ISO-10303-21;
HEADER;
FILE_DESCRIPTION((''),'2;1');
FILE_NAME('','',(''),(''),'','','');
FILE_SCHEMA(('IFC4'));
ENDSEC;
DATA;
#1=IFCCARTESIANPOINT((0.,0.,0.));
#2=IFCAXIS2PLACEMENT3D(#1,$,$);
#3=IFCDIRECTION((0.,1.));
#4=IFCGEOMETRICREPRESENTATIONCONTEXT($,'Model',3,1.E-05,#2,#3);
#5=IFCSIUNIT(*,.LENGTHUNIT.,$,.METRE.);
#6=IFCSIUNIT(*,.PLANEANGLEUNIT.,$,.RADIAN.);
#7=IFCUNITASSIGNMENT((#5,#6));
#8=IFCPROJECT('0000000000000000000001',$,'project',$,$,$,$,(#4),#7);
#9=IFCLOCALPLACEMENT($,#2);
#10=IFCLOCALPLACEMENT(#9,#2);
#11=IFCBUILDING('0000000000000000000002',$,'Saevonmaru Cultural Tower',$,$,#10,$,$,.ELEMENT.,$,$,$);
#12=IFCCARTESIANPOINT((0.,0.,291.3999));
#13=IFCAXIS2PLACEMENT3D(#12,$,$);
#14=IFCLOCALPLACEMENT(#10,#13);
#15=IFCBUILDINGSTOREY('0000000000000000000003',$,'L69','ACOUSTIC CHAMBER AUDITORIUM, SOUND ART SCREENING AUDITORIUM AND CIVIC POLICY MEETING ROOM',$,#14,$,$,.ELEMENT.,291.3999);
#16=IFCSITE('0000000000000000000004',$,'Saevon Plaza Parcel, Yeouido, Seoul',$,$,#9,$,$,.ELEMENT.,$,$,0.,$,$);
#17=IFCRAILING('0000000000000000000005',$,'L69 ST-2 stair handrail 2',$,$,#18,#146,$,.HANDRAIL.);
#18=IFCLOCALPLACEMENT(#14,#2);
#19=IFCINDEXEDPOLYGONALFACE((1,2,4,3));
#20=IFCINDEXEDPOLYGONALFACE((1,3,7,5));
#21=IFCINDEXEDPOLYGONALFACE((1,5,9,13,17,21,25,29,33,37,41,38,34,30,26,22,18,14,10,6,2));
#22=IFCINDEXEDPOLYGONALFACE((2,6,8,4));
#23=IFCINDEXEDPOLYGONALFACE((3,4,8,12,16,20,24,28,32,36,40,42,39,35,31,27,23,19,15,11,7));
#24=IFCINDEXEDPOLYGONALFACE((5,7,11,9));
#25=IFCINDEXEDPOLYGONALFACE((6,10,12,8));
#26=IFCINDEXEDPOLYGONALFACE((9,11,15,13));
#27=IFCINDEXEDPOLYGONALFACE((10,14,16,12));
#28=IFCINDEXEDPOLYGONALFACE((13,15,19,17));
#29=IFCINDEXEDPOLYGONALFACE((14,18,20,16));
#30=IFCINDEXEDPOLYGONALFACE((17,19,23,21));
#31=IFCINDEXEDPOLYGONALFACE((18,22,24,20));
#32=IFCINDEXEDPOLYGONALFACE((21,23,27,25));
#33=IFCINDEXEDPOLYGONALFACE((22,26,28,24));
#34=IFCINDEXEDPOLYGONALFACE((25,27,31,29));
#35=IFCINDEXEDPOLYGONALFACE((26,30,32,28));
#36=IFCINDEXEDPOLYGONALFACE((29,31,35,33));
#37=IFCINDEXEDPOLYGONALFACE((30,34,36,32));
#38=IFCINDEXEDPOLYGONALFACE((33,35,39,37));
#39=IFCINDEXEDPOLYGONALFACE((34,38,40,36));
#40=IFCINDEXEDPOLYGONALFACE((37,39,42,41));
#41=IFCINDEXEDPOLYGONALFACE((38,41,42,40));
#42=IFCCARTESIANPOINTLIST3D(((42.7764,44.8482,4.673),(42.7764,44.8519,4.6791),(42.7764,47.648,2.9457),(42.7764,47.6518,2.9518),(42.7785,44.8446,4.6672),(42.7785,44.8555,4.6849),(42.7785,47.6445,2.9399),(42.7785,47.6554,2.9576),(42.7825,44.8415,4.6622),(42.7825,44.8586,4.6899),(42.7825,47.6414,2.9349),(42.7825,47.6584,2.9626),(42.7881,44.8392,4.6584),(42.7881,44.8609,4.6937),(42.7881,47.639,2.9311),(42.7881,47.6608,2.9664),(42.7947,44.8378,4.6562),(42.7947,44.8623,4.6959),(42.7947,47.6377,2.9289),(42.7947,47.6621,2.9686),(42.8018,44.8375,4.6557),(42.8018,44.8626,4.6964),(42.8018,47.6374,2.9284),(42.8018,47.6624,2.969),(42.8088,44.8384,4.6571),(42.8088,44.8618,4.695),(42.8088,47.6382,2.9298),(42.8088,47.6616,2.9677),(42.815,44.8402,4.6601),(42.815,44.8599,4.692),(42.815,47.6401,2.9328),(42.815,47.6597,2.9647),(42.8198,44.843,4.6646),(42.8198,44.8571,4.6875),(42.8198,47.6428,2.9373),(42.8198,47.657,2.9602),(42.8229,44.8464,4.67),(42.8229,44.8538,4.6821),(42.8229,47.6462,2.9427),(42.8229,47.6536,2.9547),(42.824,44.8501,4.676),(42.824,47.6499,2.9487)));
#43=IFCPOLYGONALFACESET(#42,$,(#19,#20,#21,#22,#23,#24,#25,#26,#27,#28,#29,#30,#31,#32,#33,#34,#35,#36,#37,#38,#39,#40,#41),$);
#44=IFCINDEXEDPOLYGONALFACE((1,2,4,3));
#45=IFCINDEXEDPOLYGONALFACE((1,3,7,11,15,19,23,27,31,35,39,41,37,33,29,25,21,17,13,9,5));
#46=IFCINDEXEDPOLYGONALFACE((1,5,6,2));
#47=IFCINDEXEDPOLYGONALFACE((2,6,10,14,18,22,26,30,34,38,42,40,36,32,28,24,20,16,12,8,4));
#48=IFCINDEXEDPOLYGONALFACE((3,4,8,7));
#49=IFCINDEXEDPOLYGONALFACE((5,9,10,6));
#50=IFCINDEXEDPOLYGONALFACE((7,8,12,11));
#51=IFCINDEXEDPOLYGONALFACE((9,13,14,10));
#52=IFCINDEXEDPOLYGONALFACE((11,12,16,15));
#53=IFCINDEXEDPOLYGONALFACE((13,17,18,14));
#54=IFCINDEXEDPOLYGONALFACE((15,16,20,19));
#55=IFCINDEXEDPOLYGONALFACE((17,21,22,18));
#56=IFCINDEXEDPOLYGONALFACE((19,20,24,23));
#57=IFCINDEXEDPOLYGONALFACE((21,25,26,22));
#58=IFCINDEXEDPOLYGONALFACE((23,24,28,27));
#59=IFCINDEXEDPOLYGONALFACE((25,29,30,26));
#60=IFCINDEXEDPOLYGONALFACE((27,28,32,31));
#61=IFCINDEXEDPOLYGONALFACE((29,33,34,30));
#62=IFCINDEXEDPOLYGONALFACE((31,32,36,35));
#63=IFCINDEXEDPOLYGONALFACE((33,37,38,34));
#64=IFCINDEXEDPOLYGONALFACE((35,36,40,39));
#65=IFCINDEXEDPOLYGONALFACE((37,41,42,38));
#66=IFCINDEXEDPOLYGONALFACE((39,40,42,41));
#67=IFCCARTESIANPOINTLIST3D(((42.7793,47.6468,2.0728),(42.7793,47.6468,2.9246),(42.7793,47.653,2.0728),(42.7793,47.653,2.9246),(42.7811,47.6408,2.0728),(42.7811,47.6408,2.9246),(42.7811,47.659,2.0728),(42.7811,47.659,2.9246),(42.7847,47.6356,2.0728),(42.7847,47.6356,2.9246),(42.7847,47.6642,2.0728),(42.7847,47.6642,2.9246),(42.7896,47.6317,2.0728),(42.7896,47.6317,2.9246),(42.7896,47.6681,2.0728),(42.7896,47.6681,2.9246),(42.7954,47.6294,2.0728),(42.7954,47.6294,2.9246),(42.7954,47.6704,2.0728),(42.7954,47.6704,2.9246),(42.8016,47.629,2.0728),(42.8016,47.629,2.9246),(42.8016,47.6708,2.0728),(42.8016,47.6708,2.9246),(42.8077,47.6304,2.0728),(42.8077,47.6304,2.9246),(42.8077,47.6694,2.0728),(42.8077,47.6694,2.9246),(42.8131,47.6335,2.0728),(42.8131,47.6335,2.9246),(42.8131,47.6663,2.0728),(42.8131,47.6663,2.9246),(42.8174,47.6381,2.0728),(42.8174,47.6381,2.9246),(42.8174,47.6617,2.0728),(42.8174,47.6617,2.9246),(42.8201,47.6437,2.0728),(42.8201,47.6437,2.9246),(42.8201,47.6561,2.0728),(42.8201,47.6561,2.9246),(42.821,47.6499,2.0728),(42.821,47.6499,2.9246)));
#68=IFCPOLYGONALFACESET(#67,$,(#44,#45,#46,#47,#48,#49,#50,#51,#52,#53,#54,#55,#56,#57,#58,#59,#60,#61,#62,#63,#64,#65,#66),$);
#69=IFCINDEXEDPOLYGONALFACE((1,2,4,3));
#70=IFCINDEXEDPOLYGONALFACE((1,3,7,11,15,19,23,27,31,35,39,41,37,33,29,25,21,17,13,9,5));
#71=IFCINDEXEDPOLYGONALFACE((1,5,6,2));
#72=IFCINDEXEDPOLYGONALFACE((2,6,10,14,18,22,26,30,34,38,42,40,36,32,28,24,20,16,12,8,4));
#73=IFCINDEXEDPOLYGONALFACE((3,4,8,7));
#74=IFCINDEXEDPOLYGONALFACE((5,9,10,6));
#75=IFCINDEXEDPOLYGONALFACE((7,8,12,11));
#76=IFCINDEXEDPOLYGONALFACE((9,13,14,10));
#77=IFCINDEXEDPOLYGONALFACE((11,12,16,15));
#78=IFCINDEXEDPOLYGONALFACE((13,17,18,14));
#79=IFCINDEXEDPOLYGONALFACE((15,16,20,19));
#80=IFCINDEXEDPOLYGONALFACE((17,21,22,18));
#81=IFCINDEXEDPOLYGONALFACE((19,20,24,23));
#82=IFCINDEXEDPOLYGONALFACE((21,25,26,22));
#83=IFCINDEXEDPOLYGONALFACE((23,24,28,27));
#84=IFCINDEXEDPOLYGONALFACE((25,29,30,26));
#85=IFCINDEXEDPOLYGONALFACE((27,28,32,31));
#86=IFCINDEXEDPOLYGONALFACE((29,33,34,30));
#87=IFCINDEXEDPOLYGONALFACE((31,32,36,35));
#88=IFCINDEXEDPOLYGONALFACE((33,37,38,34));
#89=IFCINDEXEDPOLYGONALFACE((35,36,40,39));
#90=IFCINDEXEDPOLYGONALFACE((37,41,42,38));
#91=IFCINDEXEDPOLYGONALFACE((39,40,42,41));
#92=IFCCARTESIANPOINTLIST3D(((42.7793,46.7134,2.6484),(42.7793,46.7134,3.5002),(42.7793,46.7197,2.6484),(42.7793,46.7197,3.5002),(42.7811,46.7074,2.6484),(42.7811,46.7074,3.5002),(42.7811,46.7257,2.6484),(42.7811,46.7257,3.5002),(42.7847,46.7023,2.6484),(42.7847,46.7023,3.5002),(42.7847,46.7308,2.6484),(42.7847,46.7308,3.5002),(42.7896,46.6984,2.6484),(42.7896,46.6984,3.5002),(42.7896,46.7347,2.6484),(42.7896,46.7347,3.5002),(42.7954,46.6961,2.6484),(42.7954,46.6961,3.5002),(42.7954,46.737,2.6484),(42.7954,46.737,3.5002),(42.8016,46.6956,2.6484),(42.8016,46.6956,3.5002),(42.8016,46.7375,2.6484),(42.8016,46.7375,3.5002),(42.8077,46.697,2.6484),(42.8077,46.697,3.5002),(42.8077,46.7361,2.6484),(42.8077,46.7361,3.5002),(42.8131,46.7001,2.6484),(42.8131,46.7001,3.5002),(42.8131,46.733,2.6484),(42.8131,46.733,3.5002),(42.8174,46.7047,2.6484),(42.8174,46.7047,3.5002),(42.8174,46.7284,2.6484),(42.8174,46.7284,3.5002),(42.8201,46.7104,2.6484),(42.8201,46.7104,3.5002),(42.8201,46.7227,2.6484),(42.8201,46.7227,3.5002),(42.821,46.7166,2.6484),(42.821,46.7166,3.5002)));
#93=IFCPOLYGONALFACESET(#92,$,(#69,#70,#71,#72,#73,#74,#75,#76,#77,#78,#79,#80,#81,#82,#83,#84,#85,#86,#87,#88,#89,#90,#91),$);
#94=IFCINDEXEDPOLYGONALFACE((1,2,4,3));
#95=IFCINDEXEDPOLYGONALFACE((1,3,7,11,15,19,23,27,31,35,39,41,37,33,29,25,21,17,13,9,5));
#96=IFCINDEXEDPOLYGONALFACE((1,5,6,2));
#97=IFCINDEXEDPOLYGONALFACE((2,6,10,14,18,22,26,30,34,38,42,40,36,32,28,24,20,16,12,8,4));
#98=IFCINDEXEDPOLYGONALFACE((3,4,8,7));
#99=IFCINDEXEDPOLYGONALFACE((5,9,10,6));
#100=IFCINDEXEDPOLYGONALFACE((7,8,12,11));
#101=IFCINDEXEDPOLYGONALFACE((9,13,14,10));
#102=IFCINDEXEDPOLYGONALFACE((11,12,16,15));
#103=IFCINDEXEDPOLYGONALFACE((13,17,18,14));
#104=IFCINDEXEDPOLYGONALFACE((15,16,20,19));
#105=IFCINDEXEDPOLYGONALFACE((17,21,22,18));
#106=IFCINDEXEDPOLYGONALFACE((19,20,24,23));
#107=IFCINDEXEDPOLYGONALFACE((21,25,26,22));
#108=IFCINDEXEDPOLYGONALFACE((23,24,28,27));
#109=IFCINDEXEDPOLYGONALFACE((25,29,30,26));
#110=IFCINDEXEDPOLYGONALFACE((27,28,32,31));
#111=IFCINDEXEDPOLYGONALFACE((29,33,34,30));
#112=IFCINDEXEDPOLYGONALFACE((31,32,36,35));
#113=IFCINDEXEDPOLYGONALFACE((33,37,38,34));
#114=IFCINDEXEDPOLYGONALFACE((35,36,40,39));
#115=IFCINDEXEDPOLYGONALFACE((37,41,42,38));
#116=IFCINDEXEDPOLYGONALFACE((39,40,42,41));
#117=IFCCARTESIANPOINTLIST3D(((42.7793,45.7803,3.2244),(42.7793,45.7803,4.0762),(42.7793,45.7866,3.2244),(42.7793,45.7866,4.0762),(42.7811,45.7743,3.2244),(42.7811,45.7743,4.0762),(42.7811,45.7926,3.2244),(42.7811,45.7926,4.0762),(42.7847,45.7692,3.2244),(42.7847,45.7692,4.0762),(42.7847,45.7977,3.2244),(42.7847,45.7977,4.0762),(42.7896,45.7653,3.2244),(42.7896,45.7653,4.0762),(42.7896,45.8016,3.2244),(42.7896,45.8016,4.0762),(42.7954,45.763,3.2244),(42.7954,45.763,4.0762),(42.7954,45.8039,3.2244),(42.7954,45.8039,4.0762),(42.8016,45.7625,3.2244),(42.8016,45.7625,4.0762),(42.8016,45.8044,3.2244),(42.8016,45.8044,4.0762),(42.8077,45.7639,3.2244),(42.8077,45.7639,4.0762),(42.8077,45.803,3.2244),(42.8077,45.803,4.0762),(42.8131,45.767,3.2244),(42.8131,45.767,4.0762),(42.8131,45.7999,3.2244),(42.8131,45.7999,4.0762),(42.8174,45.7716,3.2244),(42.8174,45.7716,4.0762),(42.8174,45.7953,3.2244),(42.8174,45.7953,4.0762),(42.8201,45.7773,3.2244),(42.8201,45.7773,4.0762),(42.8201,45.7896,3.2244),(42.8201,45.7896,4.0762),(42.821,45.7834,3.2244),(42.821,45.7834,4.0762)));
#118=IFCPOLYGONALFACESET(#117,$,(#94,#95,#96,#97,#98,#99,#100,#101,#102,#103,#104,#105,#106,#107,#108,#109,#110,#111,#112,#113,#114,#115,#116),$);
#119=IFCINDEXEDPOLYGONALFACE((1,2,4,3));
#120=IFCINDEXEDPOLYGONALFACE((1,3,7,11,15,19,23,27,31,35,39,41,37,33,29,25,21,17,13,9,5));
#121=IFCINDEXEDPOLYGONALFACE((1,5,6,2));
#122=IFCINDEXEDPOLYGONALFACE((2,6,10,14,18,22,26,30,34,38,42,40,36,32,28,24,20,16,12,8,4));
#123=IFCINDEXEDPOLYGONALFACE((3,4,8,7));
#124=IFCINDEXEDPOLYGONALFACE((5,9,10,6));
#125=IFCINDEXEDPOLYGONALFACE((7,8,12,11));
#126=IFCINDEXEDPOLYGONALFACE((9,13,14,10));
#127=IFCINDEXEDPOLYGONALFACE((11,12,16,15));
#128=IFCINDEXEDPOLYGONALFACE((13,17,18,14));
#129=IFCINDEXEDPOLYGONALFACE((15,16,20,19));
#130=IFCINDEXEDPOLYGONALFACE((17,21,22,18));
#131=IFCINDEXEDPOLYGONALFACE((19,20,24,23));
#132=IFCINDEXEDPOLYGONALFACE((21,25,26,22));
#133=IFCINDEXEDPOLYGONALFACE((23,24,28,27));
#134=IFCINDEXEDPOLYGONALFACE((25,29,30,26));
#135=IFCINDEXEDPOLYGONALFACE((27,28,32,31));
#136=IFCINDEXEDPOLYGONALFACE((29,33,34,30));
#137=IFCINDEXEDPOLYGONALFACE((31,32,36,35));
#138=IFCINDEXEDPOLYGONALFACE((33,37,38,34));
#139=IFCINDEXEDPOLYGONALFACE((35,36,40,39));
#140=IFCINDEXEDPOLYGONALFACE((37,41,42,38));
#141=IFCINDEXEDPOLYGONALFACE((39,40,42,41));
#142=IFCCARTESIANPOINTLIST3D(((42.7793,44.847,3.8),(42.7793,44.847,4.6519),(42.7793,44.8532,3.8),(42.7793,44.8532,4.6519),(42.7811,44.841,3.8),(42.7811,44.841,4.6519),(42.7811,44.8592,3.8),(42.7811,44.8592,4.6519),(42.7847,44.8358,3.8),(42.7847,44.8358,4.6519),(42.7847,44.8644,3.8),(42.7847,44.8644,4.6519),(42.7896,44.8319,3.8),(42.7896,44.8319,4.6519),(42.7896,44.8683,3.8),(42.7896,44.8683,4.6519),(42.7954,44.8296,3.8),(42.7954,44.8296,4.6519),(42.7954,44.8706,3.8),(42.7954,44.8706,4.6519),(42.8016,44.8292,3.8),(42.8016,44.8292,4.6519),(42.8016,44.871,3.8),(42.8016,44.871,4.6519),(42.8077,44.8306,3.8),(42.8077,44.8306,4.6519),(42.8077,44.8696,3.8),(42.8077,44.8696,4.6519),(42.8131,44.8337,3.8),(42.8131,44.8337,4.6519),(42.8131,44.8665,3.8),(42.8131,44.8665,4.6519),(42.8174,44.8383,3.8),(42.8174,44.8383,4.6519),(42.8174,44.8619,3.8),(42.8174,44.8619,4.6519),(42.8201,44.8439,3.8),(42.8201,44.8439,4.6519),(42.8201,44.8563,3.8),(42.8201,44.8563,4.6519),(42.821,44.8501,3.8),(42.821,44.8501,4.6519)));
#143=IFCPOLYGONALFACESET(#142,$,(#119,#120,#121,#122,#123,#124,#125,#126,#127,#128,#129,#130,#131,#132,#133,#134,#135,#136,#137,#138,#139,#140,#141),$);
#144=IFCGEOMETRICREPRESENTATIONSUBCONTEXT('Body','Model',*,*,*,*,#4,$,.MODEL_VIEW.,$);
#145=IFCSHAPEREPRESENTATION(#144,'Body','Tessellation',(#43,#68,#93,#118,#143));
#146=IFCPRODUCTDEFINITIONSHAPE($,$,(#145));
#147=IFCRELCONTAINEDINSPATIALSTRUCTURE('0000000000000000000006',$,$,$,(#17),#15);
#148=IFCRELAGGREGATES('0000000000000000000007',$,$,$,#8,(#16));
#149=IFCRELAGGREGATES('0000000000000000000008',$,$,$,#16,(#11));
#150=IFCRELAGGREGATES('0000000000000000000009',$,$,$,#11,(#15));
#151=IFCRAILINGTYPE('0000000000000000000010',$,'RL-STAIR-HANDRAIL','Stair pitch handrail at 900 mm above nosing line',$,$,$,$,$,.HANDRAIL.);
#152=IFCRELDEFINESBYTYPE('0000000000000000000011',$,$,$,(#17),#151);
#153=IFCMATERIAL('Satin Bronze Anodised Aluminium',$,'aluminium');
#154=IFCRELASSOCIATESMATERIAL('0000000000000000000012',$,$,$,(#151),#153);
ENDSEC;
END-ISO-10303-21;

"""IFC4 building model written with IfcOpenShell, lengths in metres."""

from ifc_helpers import new_model, si_unit, direction, frame, origin, origin_2d, place, context, subcontext, project, spatial, circle, extrude, material, type_object, element, save


model = new_model("IFC4")

# Units and contexts
model_context = context("Model", 3, precision=1e-05, world=origin(), true_north=direction((0.0, 1.0)))
body_context = subcontext(model_context, "Body", "Model", "MODEL_VIEW")
ifc_project = project(units=[si_unit("LENGTHUNIT", "METRE"), si_unit("PLANEANGLEUNIT", "RADIAN")], contexts=[model_context])

# Site, building, storey
site_placement = place(None, origin())
site = spatial("IfcSite", under=ifc_project, at=site_placement, Name="Saevon Plaza Parcel, Yeouido, Seoul", CompositionType="ELEMENT", RefElevation=0.0)
building_placement = place(site_placement, origin())
building = spatial("IfcBuilding", under=site, at=building_placement, Name="Saevonmaru Cultural Tower", CompositionType="ELEMENT")
storey_placement = place(building_placement, frame((0.0, 0.0, 291.3999)))
storey = spatial("IfcBuildingStorey", under=building, at=storey_placement, Name="L69", Description="ACOUSTIC CHAMBER AUDITORIUM, SOUND ART SCREENING AUDITORIUM AND CIVIC POLICY MEETING ROOM", CompositionType="ELEMENT", Elevation=291.3999)

# Shared definitions
ifc_material_1 = material(Name="Satin Bronze Anodised Aluminium", Category="aluminium")

# Railing
railing_type_1 = type_object("IfcRailingType", Name="RL-STAIR-HANDRAIL", Description="Stair pitch handrail at 900 mm above nosing line", PredefinedType="HANDRAIL", material=ifc_material_1)
railing_1_placement = place(storey_placement, frame((42.8, 47.6499, 2.0728)))
element("IfcRailing", 1, at=railing_1_placement, inside=storey, type_object=railing_type_1, Name="L69 ST-2 stair handrail 2", PredefinedType="HANDRAIL", context=body_context, shape_type="SweptSolid", body=[
    extrude(circle(Radius=0.0239, at=origin_2d()), frame((0.0, 0.0, 0.876), z_axis=(0.0, -0.851069, 0.525054), x_axis=(1.0, 0.0, 0.0)), (0.0, 0.0, 1.0), 3.2898),
    extrude(circle(Radius=0.021, at=origin_2d()), origin(), (0.0, 0.0, 1.0), 0.8518),
    extrude(circle(Radius=0.021, at=origin_2d()), frame((0.0, -0.9333, 0.5757)), (0.0, 0.0, 1.0), 0.8518),
    extrude(circle(Radius=0.021, at=origin_2d()), frame((0.0, -1.8665, 1.1516)), (0.0, 0.0, 1.0), 0.8518),
    extrude(circle(Radius=0.021, at=origin_2d()), frame((0.0, -2.7998, 1.7273)), (0.0, 0.0, 1.0), 0.8518),
])

save(model, "model.ifc")
